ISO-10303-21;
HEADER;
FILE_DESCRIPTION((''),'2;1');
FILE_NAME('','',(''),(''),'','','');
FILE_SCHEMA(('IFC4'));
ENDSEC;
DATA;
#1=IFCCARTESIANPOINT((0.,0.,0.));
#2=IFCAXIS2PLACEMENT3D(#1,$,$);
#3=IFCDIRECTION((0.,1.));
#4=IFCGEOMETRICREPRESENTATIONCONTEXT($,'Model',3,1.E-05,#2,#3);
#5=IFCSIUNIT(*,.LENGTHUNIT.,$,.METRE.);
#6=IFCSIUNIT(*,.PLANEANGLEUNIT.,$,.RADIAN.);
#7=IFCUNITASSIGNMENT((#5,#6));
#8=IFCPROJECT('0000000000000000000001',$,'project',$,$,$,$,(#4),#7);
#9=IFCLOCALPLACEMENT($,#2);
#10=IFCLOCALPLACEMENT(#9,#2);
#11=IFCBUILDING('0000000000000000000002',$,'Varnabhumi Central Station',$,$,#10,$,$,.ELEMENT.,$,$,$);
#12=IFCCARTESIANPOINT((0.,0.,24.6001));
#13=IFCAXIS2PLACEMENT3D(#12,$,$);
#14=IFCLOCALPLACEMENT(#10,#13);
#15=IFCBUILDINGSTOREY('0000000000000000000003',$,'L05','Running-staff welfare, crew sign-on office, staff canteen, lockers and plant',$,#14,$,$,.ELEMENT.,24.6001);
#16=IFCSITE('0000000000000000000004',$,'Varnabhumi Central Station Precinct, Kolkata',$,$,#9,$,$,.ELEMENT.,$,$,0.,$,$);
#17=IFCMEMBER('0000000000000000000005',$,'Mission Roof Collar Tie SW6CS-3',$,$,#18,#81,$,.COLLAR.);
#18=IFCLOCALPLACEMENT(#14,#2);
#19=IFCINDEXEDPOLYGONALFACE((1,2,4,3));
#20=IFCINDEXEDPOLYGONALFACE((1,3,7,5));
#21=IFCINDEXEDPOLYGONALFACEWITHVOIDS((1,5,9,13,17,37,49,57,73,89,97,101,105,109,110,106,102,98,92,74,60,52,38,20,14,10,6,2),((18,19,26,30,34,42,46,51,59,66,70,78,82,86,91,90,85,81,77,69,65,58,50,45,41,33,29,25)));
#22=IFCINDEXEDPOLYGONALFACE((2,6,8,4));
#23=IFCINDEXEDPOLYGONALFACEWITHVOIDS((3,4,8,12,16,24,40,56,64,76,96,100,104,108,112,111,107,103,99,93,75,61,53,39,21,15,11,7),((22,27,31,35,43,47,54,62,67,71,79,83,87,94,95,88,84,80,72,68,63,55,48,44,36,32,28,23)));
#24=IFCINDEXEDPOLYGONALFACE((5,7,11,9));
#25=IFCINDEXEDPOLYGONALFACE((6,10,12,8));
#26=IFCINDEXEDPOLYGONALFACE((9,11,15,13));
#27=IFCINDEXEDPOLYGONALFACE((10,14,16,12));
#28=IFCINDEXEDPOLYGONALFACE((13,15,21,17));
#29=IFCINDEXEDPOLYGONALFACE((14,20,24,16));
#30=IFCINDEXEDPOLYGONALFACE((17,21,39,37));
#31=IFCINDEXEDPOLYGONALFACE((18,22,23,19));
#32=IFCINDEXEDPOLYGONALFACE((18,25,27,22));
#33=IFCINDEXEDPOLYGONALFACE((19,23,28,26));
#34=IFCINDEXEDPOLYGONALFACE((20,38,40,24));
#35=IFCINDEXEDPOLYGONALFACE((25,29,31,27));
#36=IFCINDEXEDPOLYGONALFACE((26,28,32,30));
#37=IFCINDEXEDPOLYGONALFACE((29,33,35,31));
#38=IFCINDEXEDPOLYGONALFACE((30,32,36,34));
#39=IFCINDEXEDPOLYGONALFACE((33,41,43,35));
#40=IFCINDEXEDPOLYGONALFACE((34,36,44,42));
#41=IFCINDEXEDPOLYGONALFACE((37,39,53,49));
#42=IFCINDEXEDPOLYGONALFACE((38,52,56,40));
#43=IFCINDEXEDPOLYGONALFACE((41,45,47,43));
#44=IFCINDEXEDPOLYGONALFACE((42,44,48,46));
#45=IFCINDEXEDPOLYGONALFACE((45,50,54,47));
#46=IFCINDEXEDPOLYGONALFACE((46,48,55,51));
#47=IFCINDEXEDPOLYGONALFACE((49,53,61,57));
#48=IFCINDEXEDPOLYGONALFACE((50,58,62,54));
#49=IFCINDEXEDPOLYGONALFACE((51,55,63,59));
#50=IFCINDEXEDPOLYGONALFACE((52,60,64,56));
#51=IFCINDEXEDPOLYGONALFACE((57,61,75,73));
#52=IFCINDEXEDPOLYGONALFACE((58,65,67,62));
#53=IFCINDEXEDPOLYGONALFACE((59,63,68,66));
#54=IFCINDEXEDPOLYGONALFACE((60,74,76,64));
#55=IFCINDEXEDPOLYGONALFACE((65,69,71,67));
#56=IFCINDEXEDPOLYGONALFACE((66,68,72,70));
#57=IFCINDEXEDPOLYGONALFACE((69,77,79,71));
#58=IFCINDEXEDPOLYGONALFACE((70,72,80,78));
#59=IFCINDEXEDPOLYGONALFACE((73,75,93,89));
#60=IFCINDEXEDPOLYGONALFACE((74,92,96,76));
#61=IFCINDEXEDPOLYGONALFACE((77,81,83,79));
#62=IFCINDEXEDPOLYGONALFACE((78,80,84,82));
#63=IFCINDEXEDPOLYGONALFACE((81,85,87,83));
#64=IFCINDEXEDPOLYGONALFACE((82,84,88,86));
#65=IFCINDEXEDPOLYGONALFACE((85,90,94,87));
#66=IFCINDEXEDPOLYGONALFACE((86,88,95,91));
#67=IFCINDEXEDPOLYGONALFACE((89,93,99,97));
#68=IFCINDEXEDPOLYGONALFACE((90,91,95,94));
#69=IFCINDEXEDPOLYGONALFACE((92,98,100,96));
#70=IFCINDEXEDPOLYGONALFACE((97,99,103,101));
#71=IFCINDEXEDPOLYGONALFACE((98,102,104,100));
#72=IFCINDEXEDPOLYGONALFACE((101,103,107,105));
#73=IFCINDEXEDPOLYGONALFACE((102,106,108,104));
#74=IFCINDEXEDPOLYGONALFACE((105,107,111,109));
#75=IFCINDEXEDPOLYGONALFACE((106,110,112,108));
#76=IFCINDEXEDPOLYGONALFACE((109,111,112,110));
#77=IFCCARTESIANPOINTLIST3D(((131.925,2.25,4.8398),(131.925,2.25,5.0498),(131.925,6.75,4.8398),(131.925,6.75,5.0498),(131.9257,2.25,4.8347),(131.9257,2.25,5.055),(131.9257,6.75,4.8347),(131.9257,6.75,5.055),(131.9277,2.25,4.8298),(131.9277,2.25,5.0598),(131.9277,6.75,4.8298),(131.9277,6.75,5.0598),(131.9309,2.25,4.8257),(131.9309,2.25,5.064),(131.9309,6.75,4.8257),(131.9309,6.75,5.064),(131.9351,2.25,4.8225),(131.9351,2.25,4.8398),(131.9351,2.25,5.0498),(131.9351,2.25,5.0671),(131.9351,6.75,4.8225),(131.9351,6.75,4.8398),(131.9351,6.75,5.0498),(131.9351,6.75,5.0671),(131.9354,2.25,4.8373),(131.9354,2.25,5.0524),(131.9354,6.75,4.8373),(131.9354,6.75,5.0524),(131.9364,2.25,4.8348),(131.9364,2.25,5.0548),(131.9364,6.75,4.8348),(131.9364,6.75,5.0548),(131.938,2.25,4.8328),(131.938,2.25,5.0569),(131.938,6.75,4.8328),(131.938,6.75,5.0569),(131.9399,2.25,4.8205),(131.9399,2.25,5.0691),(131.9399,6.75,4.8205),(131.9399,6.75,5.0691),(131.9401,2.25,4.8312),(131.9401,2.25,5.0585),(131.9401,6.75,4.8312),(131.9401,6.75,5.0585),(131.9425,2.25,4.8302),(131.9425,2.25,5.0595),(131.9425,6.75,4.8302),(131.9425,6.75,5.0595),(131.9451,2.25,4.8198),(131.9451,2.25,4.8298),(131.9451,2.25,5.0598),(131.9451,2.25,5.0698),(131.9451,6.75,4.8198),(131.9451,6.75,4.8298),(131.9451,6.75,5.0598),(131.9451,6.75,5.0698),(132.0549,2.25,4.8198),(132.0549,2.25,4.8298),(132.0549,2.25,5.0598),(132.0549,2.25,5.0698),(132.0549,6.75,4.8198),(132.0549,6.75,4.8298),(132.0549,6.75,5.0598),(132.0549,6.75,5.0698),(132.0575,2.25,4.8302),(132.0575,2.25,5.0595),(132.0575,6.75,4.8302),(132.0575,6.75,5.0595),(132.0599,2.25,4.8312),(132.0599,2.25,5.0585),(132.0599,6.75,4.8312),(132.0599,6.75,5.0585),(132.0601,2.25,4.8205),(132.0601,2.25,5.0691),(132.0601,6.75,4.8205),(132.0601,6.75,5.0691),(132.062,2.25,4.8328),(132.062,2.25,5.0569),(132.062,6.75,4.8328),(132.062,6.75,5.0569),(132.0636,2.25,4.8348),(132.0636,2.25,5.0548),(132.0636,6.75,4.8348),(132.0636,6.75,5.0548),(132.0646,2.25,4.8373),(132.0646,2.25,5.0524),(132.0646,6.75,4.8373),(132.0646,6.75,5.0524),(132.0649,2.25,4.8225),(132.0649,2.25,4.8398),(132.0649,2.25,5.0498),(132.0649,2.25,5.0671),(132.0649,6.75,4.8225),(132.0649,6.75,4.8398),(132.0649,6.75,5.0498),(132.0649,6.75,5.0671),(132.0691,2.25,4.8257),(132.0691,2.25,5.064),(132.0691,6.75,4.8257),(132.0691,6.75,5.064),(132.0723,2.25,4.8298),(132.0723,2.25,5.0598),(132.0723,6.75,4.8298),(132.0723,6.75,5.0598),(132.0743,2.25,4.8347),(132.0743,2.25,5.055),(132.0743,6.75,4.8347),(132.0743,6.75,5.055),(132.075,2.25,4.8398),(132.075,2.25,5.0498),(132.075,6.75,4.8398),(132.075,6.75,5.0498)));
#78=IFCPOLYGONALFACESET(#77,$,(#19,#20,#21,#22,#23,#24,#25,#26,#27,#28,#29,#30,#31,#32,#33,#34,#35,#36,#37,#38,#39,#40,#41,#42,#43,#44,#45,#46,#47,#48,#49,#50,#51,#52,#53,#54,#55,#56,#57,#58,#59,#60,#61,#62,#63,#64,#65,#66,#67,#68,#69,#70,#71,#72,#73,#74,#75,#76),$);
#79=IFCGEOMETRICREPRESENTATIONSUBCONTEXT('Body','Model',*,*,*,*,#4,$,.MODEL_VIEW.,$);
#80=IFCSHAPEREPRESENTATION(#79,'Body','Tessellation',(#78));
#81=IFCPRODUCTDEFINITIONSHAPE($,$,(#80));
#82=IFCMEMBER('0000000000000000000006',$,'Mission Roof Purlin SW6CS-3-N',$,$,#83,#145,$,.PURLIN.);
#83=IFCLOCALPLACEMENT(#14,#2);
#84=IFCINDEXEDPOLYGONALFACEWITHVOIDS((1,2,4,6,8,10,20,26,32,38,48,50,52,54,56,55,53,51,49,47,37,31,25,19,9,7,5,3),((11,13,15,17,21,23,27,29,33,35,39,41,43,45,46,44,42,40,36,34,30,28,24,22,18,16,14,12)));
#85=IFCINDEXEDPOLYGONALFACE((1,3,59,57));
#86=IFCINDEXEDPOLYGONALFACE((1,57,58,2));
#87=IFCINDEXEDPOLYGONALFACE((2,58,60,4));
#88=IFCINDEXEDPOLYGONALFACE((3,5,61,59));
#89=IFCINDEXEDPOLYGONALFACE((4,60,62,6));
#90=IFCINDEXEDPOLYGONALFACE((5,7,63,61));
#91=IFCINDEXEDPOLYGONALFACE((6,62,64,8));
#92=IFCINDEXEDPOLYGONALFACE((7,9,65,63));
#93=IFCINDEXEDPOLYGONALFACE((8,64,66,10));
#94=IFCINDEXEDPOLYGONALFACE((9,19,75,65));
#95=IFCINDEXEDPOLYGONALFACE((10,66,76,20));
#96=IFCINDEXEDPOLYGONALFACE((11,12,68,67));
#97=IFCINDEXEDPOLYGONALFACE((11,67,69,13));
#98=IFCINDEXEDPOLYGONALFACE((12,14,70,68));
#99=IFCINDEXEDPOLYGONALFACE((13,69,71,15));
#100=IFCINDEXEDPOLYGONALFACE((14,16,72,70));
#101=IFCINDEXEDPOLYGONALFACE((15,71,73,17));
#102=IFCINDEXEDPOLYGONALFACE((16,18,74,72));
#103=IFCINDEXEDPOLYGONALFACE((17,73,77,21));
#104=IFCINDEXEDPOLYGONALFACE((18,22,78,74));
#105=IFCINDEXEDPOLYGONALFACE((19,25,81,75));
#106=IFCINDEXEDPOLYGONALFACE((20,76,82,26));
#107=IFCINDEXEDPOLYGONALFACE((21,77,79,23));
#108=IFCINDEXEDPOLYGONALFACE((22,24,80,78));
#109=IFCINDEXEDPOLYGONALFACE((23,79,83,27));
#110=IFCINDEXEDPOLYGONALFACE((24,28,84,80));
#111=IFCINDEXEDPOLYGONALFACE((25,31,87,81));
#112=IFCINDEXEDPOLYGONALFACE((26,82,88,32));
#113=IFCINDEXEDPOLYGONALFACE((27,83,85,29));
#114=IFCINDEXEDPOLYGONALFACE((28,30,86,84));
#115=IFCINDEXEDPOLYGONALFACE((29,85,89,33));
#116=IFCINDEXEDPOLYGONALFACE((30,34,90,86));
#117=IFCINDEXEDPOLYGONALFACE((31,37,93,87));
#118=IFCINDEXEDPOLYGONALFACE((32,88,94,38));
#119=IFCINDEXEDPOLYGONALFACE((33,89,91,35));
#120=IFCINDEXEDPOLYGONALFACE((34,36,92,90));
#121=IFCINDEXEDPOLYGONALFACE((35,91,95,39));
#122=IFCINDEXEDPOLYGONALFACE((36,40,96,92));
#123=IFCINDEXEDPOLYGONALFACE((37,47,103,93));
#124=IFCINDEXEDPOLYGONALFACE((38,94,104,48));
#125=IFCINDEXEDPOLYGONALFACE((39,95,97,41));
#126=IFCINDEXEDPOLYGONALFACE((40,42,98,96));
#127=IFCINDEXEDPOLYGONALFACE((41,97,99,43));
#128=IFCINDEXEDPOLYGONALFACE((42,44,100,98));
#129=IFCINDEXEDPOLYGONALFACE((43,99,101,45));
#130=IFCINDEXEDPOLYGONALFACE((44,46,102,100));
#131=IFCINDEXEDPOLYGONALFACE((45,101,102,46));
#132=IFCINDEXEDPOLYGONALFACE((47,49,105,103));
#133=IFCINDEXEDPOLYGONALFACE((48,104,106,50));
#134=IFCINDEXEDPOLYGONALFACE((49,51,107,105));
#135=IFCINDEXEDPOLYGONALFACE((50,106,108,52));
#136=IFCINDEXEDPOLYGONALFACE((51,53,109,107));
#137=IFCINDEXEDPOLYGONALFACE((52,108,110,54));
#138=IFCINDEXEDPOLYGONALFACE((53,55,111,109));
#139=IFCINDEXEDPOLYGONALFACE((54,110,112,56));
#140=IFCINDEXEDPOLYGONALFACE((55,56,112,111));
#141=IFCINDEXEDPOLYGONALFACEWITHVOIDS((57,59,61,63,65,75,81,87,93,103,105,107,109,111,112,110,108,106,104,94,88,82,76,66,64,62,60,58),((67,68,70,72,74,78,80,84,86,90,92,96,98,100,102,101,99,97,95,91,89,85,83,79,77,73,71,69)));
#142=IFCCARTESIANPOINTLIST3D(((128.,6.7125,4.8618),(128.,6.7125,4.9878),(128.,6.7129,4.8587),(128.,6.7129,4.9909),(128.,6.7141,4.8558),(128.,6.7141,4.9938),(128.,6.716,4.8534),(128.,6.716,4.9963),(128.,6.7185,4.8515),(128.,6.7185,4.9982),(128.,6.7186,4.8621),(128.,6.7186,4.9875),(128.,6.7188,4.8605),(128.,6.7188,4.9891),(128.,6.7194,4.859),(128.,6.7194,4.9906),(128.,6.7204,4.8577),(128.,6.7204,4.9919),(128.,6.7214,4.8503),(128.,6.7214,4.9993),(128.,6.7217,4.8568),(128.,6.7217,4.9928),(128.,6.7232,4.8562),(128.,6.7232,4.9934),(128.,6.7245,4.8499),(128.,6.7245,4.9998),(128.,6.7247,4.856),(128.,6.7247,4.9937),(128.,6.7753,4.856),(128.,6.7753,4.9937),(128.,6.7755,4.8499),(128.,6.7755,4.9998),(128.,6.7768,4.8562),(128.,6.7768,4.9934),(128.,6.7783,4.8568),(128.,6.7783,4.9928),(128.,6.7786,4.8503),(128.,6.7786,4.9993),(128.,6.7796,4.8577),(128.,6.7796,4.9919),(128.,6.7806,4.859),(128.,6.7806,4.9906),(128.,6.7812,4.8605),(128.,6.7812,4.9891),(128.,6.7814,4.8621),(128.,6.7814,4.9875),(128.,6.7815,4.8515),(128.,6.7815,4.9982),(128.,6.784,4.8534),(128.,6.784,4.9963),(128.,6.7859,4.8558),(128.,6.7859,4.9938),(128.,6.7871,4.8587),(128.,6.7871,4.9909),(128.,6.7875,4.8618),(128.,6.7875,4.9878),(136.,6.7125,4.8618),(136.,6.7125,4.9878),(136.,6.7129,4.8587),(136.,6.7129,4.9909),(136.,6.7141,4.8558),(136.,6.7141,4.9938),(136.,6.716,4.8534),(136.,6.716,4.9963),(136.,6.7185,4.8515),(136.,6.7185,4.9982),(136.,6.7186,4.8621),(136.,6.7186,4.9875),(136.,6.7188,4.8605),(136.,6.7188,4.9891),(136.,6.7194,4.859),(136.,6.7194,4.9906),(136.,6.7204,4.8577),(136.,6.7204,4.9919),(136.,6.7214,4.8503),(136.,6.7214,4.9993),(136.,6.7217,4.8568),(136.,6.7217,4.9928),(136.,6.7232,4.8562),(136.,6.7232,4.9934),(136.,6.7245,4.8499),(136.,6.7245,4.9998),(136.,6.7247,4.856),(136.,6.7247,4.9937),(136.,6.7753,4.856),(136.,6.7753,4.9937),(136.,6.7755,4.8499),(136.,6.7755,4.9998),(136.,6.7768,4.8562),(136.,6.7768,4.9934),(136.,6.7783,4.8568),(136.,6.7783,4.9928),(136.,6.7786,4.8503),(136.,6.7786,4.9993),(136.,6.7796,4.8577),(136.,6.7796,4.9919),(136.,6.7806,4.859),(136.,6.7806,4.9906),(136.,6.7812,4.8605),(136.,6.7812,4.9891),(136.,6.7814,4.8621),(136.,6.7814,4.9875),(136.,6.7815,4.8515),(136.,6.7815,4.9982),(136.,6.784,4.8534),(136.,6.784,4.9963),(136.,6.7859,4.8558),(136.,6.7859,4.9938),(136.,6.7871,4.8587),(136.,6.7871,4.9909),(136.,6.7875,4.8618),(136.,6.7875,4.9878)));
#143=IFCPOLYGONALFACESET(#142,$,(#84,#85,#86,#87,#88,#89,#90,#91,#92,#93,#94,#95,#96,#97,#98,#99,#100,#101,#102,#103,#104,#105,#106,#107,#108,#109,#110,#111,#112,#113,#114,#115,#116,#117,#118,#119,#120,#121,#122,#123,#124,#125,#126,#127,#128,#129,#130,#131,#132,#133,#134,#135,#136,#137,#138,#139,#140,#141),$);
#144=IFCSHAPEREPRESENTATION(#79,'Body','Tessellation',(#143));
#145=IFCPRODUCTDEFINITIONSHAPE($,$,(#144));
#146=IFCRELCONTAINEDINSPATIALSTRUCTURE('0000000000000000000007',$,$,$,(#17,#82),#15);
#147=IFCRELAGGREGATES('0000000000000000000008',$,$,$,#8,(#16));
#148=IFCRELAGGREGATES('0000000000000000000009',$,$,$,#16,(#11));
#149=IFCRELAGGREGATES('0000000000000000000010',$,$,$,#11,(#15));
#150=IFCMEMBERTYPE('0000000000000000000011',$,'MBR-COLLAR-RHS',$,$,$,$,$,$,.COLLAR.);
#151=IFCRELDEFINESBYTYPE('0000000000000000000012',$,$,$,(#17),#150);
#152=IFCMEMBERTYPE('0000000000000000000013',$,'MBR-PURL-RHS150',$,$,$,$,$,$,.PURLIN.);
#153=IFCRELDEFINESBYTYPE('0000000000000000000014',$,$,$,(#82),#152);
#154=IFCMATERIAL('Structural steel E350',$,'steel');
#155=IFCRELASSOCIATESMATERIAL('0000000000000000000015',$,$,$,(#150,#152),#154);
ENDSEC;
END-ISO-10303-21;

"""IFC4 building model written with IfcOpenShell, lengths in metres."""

from ifc_helpers import new_model, si_unit, direction, frame, origin, origin_2d, place, context, subcontext, project, spatial, hollow_rectangle, extrude, material, material_profile, profile_set, type_object, element, save


model = new_model("IFC4")

# Units and contexts
model_context = context("Model", 3, precision=1e-05, world=origin(), true_north=direction((0.0, 1.0)))
body_context = subcontext(model_context, "Body", "Model", "MODEL_VIEW")
ifc_project = project(units=[si_unit("LENGTHUNIT", "METRE"), si_unit("PLANEANGLEUNIT", "RADIAN")], contexts=[model_context])

# Site, building, storey
site_placement = place(None, origin())
site = spatial("IfcSite", under=ifc_project, at=site_placement, Name="Varnabhumi Central Station Precinct, Kolkata", CompositionType="ELEMENT", RefElevation=0.0)
building_placement = place(site_placement, origin())
building = spatial("IfcBuilding", under=site, at=building_placement, Name="Varnabhumi Central Station", CompositionType="ELEMENT")
storey_placement = place(building_placement, frame((0.0, 0.0, 24.6001)))
storey = spatial("IfcBuildingStorey", under=building, at=storey_placement, Name="L05", Description="Running-staff welfare, crew sign-on office, staff canteen, lockers and plant", CompositionType="ELEMENT", Elevation=24.6001)

# Shared definitions
ifc_material_1 = material(Name="Structural steel E350", Category="steel")

# Members
ifc_material_profile_1 = material_profile(ifc_material_1, hollow_rectangle(XDim=0.1499, YDim=0.25, WallThickness=0.01, InnerFilletRadius=0.01, OuterFilletRadius=0.02, at=origin_2d()), Name="Structural steel E350", Category="steel")
ifc_profile_set_1 = profile_set([ifc_material_profile_1], Name="Structural steel E350")
member_type_1 = type_object("IfcMemberType", Name="MBR-COLLAR-RHS", PredefinedType="COLLAR", material=ifc_profile_set_1)
member_1_placement = place(storey_placement, frame((132.0, 2.25, 4.9448), z_axis=(0.0, 1.0, 0.0), x_axis=(-1.0, 0.0, 0.0)))
element("IfcMember", 1, at=member_1_placement, inside=storey, type_object=member_type_1, Name="Mission Roof Collar Tie SW6CS-3", PredefinedType="COLLAR", context=body_context, shape_type="SweptSolid", body=[
    extrude(hollow_rectangle(XDim=0.1499, YDim=0.25, WallThickness=0.01, InnerFilletRadius=0.01, OuterFilletRadius=0.02, at=origin_2d()), origin(), (0.0, 0.0, 1.0), 4.5),
])
ifc_material_profile_2 = material_profile(ifc_material_1, hollow_rectangle(XDim=0.075, YDim=0.1499, WallThickness=0.0061, InnerFilletRadius=0.0061, OuterFilletRadius=0.012, at=origin_2d()), Name="Structural steel E350", Category="steel")
ifc_profile_set_2 = profile_set([ifc_material_profile_2], Name="Structural steel E350")
member_type_2 = type_object("IfcMemberType", Name="MBR-PURL-RHS150", PredefinedType="PURLIN", material=ifc_profile_set_2)
member_2_placement = place(storey_placement, frame((128.0, 6.75, 4.9248), z_axis=(1.0, 0.0, 0.0), x_axis=(0.0, 1.0, 0.0)))
element("IfcMember", 2, at=member_2_placement, inside=storey, type_object=member_type_2, Name="Mission Roof Purlin SW6CS-3-N", PredefinedType="PURLIN", context=body_context, shape_type="SweptSolid", body=[
    extrude(hollow_rectangle(XDim=0.075, YDim=0.1499, WallThickness=0.0061, InnerFilletRadius=0.0061, OuterFilletRadius=0.012, at=origin_2d()), origin(), (0.0, 0.0, 1.0), 8.0),
])

save(model, "model.ifc")
